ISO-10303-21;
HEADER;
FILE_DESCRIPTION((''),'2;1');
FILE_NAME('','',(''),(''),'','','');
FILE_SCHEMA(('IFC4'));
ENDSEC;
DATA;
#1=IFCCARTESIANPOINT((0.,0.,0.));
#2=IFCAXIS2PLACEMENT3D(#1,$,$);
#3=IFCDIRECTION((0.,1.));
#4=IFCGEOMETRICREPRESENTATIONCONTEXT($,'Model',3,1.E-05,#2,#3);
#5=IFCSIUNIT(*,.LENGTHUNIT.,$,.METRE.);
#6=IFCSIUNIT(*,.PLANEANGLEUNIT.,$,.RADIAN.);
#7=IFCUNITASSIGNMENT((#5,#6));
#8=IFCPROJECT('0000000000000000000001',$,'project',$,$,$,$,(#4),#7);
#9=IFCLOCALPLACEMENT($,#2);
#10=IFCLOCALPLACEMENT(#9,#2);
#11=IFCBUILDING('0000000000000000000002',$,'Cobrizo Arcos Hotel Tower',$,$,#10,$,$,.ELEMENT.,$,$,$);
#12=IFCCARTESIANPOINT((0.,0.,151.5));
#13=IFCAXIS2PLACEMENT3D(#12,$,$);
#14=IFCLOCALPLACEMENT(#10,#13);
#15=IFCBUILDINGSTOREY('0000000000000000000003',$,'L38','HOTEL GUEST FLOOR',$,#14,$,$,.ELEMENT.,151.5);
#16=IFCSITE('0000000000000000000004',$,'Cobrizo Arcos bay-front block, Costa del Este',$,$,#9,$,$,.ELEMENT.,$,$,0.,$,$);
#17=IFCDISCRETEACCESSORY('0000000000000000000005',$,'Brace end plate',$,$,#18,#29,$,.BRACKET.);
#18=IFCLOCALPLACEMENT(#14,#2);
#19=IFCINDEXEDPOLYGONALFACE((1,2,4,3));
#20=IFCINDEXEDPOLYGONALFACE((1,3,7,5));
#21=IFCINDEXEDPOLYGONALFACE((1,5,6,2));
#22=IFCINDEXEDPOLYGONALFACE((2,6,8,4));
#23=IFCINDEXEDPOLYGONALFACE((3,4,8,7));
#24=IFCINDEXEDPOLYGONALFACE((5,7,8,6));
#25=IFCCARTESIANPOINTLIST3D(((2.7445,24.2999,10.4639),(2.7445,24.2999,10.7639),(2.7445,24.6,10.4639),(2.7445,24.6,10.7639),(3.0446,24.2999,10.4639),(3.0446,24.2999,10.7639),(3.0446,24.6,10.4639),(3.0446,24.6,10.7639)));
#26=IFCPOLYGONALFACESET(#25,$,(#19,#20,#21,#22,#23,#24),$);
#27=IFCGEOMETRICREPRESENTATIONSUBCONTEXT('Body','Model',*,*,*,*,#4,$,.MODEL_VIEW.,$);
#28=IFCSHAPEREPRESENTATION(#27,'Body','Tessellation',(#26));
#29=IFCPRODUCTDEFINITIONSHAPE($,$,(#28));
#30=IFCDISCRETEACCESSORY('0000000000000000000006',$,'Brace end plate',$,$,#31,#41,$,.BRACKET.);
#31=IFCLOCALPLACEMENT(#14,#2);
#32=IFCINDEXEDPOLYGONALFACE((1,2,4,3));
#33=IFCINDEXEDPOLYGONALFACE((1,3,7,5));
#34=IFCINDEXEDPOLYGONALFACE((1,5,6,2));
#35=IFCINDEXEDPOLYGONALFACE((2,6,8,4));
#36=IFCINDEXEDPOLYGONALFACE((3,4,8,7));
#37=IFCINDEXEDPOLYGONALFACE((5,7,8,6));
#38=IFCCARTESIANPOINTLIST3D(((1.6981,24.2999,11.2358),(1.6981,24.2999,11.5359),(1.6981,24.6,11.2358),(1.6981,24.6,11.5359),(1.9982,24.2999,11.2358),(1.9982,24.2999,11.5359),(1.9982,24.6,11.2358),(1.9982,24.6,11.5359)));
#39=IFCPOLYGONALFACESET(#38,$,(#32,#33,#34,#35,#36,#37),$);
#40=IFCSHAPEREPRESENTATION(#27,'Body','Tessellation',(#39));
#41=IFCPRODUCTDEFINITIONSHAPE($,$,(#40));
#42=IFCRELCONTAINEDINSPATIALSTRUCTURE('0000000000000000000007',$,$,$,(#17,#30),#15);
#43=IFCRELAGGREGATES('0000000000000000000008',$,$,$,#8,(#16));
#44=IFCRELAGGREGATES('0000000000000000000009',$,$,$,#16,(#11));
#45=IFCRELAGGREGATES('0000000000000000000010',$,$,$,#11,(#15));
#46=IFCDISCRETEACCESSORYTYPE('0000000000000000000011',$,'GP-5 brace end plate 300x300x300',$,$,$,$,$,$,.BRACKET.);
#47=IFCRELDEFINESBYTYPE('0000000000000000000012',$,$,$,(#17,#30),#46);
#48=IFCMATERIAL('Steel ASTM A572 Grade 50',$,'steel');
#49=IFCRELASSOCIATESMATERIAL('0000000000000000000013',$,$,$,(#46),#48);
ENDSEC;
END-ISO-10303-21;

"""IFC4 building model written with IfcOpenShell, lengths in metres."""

from ifc_helpers import new_model, si_unit, direction, frame, origin, origin_2d, place, context, subcontext, project, spatial, rectangle, extrude, material, type_object, element, save


model = new_model("IFC4")

# Units and contexts
model_context = context("Model", 3, precision=1e-05, world=origin(), true_north=direction((0.0, 1.0)))
body_context = subcontext(model_context, "Body", "Model", "MODEL_VIEW")
ifc_project = project(units=[si_unit("LENGTHUNIT", "METRE"), si_unit("PLANEANGLEUNIT", "RADIAN")], contexts=[model_context])

# Site, building, storey
site_placement = place(None, origin())
site = spatial("IfcSite", under=ifc_project, at=site_placement, Name="Cobrizo Arcos bay-front block, Costa del Este", CompositionType="ELEMENT", RefElevation=0.0)
building_placement = place(site_placement, origin())
building = spatial("IfcBuilding", under=site, at=building_placement, Name="Cobrizo Arcos Hotel Tower", CompositionType="ELEMENT")
storey_placement = place(building_placement, frame((0.0, 0.0, 151.5)))
storey = spatial("IfcBuildingStorey", under=building, at=storey_placement, Name="L38", Description="HOTEL GUEST FLOOR", CompositionType="ELEMENT", Elevation=151.5)

# Shared definitions
ifc_material_1 = material(Name="Steel ASTM A572 Grade 50", Category="steel")

# Discrete accessories
discrete_accessory_type_1 = type_object("IfcDiscreteAccessoryType", Name="GP-5 brace end plate 300x300x300", PredefinedType="BRACKET", material=ifc_material_1)
for number, where, z_axis, x_axis, name in (
    (1, (2.8945, 24.45, 10.4639), (0.0, 0.0, 1.0), (1.0, 0.0, 0.0), "Brace end plate"),
    (2, (1.8481, 24.45, 11.2358), (0.0, 0.0, 1.0), (1.0, 0.0, 0.0), "Brace end plate"),
):
    element("IfcDiscreteAccessory", number, at=place(storey_placement, frame(where, z_axis=z_axis, x_axis=x_axis)), inside=storey, type_object=discrete_accessory_type_1, Name=name, PredefinedType="BRACKET", context=body_context, shape_type="SweptSolid", body=[
        extrude(rectangle(XDim=0.3, YDim=0.3, at=origin_2d()), origin(), (0.0, 0.0, 1.0), 0.3),
    ])

save(model, "model.ifc")
